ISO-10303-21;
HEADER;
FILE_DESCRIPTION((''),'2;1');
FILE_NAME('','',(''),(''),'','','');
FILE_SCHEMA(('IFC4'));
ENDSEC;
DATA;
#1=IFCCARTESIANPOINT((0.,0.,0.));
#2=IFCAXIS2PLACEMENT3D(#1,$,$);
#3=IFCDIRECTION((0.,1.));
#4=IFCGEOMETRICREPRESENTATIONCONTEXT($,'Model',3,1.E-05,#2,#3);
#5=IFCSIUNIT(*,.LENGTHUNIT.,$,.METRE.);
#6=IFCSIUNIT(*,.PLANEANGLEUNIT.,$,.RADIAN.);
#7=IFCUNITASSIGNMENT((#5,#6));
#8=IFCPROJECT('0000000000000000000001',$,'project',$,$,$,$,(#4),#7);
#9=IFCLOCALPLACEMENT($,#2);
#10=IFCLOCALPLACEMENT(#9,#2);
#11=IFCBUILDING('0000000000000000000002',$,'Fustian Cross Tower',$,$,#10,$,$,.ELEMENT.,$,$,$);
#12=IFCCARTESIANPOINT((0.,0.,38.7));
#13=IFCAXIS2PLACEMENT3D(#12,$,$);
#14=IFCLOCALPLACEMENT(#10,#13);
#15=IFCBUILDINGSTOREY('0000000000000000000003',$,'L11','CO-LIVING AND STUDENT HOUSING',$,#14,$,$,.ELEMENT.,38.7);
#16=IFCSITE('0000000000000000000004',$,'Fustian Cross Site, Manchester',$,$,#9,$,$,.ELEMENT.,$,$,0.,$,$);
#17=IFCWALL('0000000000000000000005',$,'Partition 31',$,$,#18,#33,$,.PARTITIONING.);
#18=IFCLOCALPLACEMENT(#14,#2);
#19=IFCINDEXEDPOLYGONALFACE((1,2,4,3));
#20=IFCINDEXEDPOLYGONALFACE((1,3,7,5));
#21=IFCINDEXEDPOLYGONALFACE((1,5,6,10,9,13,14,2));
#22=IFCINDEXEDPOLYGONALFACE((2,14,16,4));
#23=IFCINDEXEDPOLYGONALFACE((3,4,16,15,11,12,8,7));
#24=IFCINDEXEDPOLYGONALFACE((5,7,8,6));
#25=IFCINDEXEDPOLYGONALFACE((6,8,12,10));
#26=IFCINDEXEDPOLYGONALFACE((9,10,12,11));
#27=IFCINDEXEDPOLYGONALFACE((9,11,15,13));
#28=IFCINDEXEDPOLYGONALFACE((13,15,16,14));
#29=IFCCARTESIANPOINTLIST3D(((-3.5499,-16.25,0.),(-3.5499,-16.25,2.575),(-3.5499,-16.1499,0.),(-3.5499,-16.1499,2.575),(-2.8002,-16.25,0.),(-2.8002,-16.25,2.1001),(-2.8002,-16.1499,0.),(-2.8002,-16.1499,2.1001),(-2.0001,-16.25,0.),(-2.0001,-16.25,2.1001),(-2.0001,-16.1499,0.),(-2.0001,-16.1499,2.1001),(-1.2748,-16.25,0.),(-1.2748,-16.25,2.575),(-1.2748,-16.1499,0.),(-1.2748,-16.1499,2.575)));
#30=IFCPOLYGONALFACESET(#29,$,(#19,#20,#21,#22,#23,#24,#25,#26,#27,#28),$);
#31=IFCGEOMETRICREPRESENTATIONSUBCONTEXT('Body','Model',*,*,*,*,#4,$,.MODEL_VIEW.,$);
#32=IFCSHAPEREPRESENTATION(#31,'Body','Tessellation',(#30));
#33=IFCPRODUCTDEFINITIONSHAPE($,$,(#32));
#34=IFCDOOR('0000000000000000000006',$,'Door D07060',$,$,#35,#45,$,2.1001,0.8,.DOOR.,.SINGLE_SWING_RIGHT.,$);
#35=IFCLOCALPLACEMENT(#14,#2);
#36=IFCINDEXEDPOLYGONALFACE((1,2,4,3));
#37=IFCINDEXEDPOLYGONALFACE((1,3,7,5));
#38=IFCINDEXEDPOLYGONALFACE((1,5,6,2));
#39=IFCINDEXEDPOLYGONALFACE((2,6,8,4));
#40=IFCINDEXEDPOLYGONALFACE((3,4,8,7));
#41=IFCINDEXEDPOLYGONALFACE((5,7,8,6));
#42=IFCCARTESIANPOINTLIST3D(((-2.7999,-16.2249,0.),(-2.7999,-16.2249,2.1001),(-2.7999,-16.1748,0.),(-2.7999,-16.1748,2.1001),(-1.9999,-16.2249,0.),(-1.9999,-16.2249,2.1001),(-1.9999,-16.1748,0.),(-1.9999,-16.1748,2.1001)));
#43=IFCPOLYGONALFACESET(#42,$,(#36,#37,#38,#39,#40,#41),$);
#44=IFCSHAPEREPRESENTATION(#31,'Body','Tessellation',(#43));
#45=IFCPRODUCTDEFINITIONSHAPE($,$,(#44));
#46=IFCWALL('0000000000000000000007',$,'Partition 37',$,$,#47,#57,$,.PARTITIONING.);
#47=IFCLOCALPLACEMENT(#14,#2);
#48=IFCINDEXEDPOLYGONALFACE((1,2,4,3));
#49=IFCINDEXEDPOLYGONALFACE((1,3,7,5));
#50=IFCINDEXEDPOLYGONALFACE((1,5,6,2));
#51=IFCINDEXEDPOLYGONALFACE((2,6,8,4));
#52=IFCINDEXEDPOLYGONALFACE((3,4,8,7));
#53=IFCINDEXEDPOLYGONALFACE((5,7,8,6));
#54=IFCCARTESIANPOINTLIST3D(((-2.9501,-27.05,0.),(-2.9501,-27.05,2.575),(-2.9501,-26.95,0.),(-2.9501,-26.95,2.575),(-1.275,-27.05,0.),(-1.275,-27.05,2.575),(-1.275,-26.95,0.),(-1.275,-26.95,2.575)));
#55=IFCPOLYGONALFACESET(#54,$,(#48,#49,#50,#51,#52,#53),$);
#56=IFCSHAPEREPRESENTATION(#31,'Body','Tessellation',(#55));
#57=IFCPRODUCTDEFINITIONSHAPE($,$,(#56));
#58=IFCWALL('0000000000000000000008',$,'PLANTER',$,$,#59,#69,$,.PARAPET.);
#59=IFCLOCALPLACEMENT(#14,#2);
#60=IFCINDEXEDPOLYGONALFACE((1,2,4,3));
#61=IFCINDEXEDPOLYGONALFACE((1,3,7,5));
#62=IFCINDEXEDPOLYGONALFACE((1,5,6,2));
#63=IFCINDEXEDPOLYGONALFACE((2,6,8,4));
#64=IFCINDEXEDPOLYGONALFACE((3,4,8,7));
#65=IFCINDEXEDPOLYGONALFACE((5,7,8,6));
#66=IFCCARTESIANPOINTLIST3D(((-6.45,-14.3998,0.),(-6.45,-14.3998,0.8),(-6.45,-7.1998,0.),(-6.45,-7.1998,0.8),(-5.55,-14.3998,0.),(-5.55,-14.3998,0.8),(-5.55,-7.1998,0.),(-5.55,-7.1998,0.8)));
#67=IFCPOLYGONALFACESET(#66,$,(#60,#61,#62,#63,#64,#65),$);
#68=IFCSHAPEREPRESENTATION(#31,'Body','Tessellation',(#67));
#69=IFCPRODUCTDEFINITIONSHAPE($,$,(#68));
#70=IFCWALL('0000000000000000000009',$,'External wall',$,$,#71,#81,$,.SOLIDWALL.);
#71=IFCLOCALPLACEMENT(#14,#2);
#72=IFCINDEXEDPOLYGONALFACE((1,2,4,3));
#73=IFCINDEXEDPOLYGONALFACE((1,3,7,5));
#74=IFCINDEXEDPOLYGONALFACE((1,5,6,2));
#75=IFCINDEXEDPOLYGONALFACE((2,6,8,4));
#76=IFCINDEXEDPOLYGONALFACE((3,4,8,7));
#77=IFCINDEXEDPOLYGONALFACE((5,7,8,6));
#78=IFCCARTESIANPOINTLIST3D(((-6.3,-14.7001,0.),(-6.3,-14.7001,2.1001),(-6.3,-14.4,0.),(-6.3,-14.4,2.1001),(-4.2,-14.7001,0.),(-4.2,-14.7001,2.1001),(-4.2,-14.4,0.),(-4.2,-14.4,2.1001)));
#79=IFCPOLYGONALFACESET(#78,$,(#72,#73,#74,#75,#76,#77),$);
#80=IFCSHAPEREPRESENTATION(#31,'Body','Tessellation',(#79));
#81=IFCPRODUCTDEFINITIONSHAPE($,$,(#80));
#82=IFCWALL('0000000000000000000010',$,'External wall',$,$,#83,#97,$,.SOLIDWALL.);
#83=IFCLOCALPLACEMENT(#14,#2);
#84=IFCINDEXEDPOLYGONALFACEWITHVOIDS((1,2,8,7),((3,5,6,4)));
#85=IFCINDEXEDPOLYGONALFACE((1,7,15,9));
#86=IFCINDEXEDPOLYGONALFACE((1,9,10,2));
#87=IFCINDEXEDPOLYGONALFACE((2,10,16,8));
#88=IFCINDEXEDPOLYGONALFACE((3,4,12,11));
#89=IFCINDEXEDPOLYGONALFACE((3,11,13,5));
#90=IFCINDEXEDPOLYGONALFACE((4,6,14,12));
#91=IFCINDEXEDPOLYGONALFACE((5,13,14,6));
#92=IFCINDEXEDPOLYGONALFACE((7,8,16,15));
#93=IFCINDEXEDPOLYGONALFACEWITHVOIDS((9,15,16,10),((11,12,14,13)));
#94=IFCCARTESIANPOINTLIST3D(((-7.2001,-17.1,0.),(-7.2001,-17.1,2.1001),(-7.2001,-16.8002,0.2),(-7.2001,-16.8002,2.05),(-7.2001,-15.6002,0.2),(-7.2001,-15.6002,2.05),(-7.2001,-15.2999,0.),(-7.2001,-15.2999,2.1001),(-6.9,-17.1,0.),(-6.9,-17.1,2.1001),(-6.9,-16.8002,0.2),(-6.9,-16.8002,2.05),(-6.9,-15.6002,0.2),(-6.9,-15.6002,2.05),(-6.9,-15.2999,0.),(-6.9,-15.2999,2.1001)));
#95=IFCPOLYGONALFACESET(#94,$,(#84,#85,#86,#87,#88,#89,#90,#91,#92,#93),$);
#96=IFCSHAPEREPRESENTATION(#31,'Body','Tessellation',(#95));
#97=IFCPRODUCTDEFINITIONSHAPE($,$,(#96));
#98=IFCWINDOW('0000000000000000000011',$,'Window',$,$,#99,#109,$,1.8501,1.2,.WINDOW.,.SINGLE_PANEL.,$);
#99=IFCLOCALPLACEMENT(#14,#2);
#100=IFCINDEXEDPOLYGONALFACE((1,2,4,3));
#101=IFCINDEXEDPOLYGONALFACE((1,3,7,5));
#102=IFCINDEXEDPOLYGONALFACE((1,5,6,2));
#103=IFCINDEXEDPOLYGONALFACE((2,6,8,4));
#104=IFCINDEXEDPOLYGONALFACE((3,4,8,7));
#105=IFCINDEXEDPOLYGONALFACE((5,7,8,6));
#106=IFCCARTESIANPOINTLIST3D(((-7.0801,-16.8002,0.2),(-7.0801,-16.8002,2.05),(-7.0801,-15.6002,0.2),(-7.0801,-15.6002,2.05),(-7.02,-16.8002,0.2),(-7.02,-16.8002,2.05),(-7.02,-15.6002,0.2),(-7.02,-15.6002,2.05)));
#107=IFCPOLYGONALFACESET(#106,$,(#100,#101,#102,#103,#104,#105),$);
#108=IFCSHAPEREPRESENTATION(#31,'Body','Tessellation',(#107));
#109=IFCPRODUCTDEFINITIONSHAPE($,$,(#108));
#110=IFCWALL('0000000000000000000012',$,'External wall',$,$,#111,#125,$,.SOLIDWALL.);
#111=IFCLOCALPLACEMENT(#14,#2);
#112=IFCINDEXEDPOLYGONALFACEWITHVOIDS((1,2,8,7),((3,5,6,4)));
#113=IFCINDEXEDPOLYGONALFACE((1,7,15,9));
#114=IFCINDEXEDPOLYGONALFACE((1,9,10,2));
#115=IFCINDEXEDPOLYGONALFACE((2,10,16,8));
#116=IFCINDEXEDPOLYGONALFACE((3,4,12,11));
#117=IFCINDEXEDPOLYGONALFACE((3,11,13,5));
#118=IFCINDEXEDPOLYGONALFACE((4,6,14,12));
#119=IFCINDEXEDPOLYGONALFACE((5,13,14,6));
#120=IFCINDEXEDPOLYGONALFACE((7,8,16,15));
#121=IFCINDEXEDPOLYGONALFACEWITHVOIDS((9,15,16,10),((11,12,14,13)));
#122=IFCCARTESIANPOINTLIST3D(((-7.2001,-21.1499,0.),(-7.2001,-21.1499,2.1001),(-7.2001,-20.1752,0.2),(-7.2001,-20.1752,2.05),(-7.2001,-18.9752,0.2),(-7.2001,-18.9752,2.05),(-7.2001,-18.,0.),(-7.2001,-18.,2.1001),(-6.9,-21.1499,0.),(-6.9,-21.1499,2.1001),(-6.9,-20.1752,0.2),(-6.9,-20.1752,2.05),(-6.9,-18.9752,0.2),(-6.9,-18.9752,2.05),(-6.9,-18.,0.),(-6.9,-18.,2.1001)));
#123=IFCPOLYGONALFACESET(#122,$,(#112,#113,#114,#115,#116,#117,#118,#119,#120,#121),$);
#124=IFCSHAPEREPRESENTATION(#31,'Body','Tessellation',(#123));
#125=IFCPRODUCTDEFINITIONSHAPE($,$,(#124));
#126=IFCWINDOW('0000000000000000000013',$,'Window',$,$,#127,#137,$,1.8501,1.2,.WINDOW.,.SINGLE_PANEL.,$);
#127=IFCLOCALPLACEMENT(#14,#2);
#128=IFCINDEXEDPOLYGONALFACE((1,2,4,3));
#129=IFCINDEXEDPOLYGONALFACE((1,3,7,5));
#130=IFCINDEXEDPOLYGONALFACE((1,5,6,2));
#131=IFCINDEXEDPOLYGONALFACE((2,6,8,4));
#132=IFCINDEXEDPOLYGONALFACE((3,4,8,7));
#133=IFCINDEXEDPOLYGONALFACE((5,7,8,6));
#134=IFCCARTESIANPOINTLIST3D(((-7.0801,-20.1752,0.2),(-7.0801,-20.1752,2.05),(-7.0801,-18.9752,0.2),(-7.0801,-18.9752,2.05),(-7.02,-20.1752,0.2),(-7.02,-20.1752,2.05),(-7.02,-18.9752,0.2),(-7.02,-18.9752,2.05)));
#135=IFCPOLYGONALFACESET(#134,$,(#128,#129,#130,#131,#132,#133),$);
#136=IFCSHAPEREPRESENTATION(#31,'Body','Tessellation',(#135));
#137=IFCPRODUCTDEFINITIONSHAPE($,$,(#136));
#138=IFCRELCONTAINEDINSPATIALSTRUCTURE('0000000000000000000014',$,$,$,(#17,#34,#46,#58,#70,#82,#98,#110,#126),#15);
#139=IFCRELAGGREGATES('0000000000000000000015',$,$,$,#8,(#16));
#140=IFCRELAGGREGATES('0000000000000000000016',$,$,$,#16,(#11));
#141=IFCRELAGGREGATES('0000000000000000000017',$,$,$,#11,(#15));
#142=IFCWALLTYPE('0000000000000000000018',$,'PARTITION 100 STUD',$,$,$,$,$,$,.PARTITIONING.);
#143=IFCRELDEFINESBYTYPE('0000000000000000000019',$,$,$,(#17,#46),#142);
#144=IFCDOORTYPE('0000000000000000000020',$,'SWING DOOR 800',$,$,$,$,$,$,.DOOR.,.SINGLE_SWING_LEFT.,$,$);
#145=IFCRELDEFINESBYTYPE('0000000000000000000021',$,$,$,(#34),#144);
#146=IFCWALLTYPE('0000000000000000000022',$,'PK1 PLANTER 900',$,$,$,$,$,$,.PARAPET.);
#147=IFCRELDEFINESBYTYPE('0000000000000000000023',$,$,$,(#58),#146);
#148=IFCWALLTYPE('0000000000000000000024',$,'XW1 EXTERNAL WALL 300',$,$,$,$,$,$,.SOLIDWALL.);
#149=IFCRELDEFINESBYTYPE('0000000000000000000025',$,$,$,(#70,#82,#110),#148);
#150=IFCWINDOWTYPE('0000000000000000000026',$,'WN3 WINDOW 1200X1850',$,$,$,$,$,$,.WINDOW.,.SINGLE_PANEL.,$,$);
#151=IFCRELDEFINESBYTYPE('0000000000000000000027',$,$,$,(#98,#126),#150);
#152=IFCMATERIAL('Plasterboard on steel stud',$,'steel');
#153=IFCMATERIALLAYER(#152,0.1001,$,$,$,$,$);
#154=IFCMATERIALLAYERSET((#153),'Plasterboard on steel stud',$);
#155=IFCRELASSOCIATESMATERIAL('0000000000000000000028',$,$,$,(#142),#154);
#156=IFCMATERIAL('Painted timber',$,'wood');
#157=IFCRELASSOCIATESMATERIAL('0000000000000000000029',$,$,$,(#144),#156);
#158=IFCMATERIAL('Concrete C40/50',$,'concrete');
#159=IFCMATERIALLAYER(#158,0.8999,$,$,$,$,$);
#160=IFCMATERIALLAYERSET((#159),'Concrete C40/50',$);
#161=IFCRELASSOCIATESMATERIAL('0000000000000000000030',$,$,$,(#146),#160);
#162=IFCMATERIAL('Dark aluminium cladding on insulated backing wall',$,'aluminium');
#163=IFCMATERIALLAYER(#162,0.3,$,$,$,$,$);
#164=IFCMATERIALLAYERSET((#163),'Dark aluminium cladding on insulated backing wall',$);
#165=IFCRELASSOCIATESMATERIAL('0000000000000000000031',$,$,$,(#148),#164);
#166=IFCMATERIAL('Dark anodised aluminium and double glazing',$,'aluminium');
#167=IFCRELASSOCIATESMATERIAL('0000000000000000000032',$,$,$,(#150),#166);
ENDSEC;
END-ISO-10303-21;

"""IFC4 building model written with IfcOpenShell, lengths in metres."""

from ifc_helpers import new_model, si_unit, direction, frame, frame_2d, origin, place, context, subcontext, project, spatial, rectangle, extrude, material, layer, layer_set, type_object, element, fill, save


model = new_model("IFC4")

# Units and contexts
model_context = context("Model", 3, precision=1e-05, world=origin(), true_north=direction((0.0, 1.0)))
body_context = subcontext(model_context, "Body", "Model", "MODEL_VIEW")
ifc_project = project(units=[si_unit("LENGTHUNIT", "METRE"), si_unit("PLANEANGLEUNIT", "RADIAN")], contexts=[model_context])

# Site, building, storey
site_placement = place(None, origin())
site = spatial("IfcSite", under=ifc_project, at=site_placement, Name="Fustian Cross Site, Manchester", CompositionType="ELEMENT", RefElevation=0.0)
building_placement = place(site_placement, origin())
building = spatial("IfcBuilding", under=site, at=building_placement, Name="Fustian Cross Tower", CompositionType="ELEMENT")
storey_placement = place(building_placement, frame((0.0, 0.0, 38.7)))
storey = spatial("IfcBuildingStorey", under=building, at=storey_placement, Name="L11", Description="CO-LIVING AND STUDENT HOUSING", CompositionType="ELEMENT", Elevation=38.7)

# Shared definitions
ifc_material_1 = material(Name="Plasterboard on steel stud", Category="steel")
ifc_layer_1 = layer(ifc_material_1, 0.1001)
ifc_layer_set_1 = layer_set([ifc_layer_1], Name="Plasterboard on steel stud")
wall_type_1 = type_object("IfcWallType", Name="PARTITION 100 STUD", PredefinedType="PARTITIONING", material=ifc_layer_set_1)

# Wall, opening, door
wall_1_placement = place(storey_placement, frame((-3.55, -16.2, 0.0), z_axis=(0.0, 0.0, 1.0), x_axis=(1.0, 0.0, 0.0)))
wall_1 = element("IfcWall", 1, at=wall_1_placement, inside=storey, type_object=wall_type_1, Name="Partition 31", PredefinedType="PARTITIONING", context=body_context, shape_type="SweptSolid", body=[
    extrude(rectangle(XDim=2.2751, YDim=0.1001, at=frame_2d((1.1377, 0.0))), origin(), (0.0, 0.0, 1.0), 2.575),
])
opening_1_placement = place(wall_1_placement, frame((0.75, 0.0, 0.0)))
opening_1 = element("IfcOpeningElement", 2, at=opening_1_placement, cuts=wall_1, PredefinedType="OPENING", context=body_context, shape_type="SweptSolid", body=[
    extrude(rectangle(XDim=0.8, YDim=2.1001, at=frame_2d((0.3999, 1.05))), frame((0.0, 0.0601, 0.0), z_axis=(0.0, -1.0, 0.0), x_axis=(1.0, 0.0, 0.0)), (0.0, 0.0, 1.0), 0.1201),
])
ifc_material_2 = material(Name="Painted timber", Category="wood")
door_type = type_object("IfcDoorType", Name="SWING DOOR 800", OperationType="SINGLE_SWING_LEFT", PredefinedType="DOOR", material=ifc_material_2)
door_placement = place(opening_1_placement, frame((0.8, 0.0, 0.0), z_axis=(0.0, 0.0, 1.0), x_axis=(-1.0, 0.0, 0.0)))
door = element("IfcDoor", 3, at=door_placement, inside=storey, type_object=door_type, Name="Door D07060", OperationType="SINGLE_SWING_RIGHT", OverallHeight=2.1001, OverallWidth=0.8, PredefinedType="DOOR", context=body_context, shape_type="SweptSolid", body=[
    extrude(rectangle(XDim=0.8, YDim=2.1001, at=frame_2d((0.3999, 1.05))), frame((0.0, 0.0249, 0.0), z_axis=(0.0, -1.0, 0.0), x_axis=(1.0, 0.0, 0.0)), (0.0, 0.0, 1.0), 0.05),
])
fill(opening_1, door)

# Walls
wall_2_placement = place(storey_placement, frame((-2.95, -27.0, 0.0), z_axis=(0.0, 0.0, 1.0), x_axis=(1.0, 0.0, 0.0)))
element("IfcWall", 4, at=wall_2_placement, inside=storey, type_object=wall_type_1, Name="Partition 37", PredefinedType="PARTITIONING", context=body_context, shape_type="SweptSolid", body=[
    extrude(rectangle(XDim=1.675, YDim=0.1001, at=frame_2d((0.8374, 0.0))), origin(), (0.0, 0.0, 1.0), 2.575),
])
ifc_material_3 = material(Name="Concrete C40/50", Category="concrete")
ifc_layer_2 = layer(ifc_material_3, 0.8999)
ifc_layer_set_2 = layer_set([ifc_layer_2], Name="Concrete C40/50")
wall_type_2 = type_object("IfcWallType", Name="PK1 PLANTER 900", PredefinedType="PARAPET", material=ifc_layer_set_2)
wall_3_placement = place(storey_placement, frame((-6.0, -14.3999, 0.0), z_axis=(0.0, 0.0, 1.0), x_axis=(0.0, 1.0, 0.0)))
element("IfcWall", 5, at=wall_3_placement, inside=storey, type_object=wall_type_2, Name="PLANTER", PredefinedType="PARAPET", context=body_context, shape_type="SweptSolid", body=[
    extrude(rectangle(XDim=7.2, YDim=0.8999, at=frame_2d((3.6001, 0.0))), origin(), (0.0, 0.0, 1.0), 0.8),
])
ifc_material_4 = material(Name="Dark aluminium cladding on insulated backing wall", Category="aluminium")
ifc_layer_3 = layer(ifc_material_4, 0.3)
ifc_layer_set_3 = layer_set([ifc_layer_3], Name="Dark aluminium cladding on insulated backing wall")
wall_type_3 = type_object("IfcWallType", Name="XW1 EXTERNAL WALL 300", PredefinedType="SOLIDWALL", material=ifc_layer_set_3)
wall_4_placement = place(storey_placement, frame((-4.2, -14.55, 0.0), z_axis=(0.0, 0.0, 1.0), x_axis=(-1.0, 0.0, 0.0)))
element("IfcWall", 6, at=wall_4_placement, inside=storey, type_object=wall_type_3, Name="External wall", PredefinedType="SOLIDWALL", context=body_context, shape_type="SweptSolid", body=[
    extrude(rectangle(XDim=2.1001, YDim=0.3, at=frame_2d((1.05, 0.0))), origin(), (0.0, 0.0, 1.0), 2.1001),
])

# Walls, openings, windows
wall_5_placement = place(storey_placement, frame((-7.05, -15.3, 0.0), z_axis=(0.0, 0.0, 1.0), x_axis=(0.0, -1.0, 0.0)))
wall_5 = element("IfcWall", 7, at=wall_5_placement, inside=storey, type_object=wall_type_3, Name="External wall", PredefinedType="SOLIDWALL", context=body_context, shape_type="SweptSolid", body=[
    extrude(rectangle(XDim=1.8, YDim=0.3, at=frame_2d((0.8999, 0.0))), origin(), (0.0, 0.0, 1.0), 2.1001),
])
opening_2_placement = place(wall_5_placement, frame((0.3, 0.0, 0.2)))
opening_2 = element("IfcOpeningElement", 8, at=opening_2_placement, cuts=wall_5, PredefinedType="OPENING", context=body_context, shape_type="SweptSolid", body=[
    extrude(rectangle(XDim=1.2, YDim=1.8501, at=frame_2d((0.6001, 0.925))), frame((0.0, 0.1599, 0.0), z_axis=(0.0, -1.0, 0.0), x_axis=(1.0, 0.0, 0.0)), (0.0, 0.0, 1.0), 0.3201),
])
ifc_material_5 = material(Name="Dark anodised aluminium and double glazing", Category="aluminium")
window_type = type_object("IfcWindowType", Name="WN3 WINDOW 1200X1850", PartitioningType="SINGLE_PANEL", PredefinedType="WINDOW", material=ifc_material_5)
window_1_placement = place(opening_2_placement, origin())
window_1 = element("IfcWindow", 9, at=window_1_placement, inside=storey, type_object=window_type, Name="Window", OverallHeight=1.8501, OverallWidth=1.2, PartitioningType="SINGLE_PANEL", PredefinedType="WINDOW", context=body_context, shape_type="SweptSolid", body=[
    extrude(rectangle(XDim=1.2, YDim=1.8501, at=frame_2d((0.6001, 0.925))), frame((0.0, 0.03, 0.0), z_axis=(0.0, -1.0, 0.0), x_axis=(1.0, 0.0, 0.0)), (0.0, 0.0, 1.0), 0.0601),
])
fill(opening_2, window_1)
wall_6_placement = place(storey_placement, frame((-7.05, -18.0, 0.0), z_axis=(0.0, 0.0, 1.0), x_axis=(0.0, -1.0, 0.0)))
wall_6 = element("IfcWall", 10, at=wall_6_placement, inside=storey, type_object=wall_type_3, Name="External wall", PredefinedType="SOLIDWALL", context=body_context, shape_type="SweptSolid", body=[
    extrude(rectangle(XDim=3.1499, YDim=0.3, at=frame_2d((1.575, 0.0))), origin(), (0.0, 0.0, 1.0), 2.1001),
])
opening_3_placement = place(wall_6_placement, frame((0.9751, 0.0, 0.2)))
opening_3 = element("IfcOpeningElement", 11, at=opening_3_placement, cuts=wall_6, PredefinedType="OPENING", context=body_context, shape_type="SweptSolid", body=[
    extrude(rectangle(XDim=1.2, YDim=1.8501, at=frame_2d((0.6001, 0.925))), frame((0.0, 0.1599, 0.0), z_axis=(0.0, -1.0, 0.0), x_axis=(1.0, 0.0, 0.0)), (0.0, 0.0, 1.0), 0.3201),
])
window_2_placement = place(opening_3_placement, origin())
window_2 = element("IfcWindow", 12, at=window_2_placement, inside=storey, type_object=window_type, Name="Window", OverallHeight=1.8501, OverallWidth=1.2, PartitioningType="SINGLE_PANEL", PredefinedType="WINDOW", context=body_context, shape_type="SweptSolid", body=[
    extrude(rectangle(XDim=1.2, YDim=1.8501, at=frame_2d((0.6001, 0.925))), frame((0.0, 0.03, 0.0), z_axis=(0.0, -1.0, 0.0), x_axis=(1.0, 0.0, 0.0)), (0.0, 0.0, 1.0), 0.0601),
])
fill(opening_3, window_2)

save(model, "model.ifc")
